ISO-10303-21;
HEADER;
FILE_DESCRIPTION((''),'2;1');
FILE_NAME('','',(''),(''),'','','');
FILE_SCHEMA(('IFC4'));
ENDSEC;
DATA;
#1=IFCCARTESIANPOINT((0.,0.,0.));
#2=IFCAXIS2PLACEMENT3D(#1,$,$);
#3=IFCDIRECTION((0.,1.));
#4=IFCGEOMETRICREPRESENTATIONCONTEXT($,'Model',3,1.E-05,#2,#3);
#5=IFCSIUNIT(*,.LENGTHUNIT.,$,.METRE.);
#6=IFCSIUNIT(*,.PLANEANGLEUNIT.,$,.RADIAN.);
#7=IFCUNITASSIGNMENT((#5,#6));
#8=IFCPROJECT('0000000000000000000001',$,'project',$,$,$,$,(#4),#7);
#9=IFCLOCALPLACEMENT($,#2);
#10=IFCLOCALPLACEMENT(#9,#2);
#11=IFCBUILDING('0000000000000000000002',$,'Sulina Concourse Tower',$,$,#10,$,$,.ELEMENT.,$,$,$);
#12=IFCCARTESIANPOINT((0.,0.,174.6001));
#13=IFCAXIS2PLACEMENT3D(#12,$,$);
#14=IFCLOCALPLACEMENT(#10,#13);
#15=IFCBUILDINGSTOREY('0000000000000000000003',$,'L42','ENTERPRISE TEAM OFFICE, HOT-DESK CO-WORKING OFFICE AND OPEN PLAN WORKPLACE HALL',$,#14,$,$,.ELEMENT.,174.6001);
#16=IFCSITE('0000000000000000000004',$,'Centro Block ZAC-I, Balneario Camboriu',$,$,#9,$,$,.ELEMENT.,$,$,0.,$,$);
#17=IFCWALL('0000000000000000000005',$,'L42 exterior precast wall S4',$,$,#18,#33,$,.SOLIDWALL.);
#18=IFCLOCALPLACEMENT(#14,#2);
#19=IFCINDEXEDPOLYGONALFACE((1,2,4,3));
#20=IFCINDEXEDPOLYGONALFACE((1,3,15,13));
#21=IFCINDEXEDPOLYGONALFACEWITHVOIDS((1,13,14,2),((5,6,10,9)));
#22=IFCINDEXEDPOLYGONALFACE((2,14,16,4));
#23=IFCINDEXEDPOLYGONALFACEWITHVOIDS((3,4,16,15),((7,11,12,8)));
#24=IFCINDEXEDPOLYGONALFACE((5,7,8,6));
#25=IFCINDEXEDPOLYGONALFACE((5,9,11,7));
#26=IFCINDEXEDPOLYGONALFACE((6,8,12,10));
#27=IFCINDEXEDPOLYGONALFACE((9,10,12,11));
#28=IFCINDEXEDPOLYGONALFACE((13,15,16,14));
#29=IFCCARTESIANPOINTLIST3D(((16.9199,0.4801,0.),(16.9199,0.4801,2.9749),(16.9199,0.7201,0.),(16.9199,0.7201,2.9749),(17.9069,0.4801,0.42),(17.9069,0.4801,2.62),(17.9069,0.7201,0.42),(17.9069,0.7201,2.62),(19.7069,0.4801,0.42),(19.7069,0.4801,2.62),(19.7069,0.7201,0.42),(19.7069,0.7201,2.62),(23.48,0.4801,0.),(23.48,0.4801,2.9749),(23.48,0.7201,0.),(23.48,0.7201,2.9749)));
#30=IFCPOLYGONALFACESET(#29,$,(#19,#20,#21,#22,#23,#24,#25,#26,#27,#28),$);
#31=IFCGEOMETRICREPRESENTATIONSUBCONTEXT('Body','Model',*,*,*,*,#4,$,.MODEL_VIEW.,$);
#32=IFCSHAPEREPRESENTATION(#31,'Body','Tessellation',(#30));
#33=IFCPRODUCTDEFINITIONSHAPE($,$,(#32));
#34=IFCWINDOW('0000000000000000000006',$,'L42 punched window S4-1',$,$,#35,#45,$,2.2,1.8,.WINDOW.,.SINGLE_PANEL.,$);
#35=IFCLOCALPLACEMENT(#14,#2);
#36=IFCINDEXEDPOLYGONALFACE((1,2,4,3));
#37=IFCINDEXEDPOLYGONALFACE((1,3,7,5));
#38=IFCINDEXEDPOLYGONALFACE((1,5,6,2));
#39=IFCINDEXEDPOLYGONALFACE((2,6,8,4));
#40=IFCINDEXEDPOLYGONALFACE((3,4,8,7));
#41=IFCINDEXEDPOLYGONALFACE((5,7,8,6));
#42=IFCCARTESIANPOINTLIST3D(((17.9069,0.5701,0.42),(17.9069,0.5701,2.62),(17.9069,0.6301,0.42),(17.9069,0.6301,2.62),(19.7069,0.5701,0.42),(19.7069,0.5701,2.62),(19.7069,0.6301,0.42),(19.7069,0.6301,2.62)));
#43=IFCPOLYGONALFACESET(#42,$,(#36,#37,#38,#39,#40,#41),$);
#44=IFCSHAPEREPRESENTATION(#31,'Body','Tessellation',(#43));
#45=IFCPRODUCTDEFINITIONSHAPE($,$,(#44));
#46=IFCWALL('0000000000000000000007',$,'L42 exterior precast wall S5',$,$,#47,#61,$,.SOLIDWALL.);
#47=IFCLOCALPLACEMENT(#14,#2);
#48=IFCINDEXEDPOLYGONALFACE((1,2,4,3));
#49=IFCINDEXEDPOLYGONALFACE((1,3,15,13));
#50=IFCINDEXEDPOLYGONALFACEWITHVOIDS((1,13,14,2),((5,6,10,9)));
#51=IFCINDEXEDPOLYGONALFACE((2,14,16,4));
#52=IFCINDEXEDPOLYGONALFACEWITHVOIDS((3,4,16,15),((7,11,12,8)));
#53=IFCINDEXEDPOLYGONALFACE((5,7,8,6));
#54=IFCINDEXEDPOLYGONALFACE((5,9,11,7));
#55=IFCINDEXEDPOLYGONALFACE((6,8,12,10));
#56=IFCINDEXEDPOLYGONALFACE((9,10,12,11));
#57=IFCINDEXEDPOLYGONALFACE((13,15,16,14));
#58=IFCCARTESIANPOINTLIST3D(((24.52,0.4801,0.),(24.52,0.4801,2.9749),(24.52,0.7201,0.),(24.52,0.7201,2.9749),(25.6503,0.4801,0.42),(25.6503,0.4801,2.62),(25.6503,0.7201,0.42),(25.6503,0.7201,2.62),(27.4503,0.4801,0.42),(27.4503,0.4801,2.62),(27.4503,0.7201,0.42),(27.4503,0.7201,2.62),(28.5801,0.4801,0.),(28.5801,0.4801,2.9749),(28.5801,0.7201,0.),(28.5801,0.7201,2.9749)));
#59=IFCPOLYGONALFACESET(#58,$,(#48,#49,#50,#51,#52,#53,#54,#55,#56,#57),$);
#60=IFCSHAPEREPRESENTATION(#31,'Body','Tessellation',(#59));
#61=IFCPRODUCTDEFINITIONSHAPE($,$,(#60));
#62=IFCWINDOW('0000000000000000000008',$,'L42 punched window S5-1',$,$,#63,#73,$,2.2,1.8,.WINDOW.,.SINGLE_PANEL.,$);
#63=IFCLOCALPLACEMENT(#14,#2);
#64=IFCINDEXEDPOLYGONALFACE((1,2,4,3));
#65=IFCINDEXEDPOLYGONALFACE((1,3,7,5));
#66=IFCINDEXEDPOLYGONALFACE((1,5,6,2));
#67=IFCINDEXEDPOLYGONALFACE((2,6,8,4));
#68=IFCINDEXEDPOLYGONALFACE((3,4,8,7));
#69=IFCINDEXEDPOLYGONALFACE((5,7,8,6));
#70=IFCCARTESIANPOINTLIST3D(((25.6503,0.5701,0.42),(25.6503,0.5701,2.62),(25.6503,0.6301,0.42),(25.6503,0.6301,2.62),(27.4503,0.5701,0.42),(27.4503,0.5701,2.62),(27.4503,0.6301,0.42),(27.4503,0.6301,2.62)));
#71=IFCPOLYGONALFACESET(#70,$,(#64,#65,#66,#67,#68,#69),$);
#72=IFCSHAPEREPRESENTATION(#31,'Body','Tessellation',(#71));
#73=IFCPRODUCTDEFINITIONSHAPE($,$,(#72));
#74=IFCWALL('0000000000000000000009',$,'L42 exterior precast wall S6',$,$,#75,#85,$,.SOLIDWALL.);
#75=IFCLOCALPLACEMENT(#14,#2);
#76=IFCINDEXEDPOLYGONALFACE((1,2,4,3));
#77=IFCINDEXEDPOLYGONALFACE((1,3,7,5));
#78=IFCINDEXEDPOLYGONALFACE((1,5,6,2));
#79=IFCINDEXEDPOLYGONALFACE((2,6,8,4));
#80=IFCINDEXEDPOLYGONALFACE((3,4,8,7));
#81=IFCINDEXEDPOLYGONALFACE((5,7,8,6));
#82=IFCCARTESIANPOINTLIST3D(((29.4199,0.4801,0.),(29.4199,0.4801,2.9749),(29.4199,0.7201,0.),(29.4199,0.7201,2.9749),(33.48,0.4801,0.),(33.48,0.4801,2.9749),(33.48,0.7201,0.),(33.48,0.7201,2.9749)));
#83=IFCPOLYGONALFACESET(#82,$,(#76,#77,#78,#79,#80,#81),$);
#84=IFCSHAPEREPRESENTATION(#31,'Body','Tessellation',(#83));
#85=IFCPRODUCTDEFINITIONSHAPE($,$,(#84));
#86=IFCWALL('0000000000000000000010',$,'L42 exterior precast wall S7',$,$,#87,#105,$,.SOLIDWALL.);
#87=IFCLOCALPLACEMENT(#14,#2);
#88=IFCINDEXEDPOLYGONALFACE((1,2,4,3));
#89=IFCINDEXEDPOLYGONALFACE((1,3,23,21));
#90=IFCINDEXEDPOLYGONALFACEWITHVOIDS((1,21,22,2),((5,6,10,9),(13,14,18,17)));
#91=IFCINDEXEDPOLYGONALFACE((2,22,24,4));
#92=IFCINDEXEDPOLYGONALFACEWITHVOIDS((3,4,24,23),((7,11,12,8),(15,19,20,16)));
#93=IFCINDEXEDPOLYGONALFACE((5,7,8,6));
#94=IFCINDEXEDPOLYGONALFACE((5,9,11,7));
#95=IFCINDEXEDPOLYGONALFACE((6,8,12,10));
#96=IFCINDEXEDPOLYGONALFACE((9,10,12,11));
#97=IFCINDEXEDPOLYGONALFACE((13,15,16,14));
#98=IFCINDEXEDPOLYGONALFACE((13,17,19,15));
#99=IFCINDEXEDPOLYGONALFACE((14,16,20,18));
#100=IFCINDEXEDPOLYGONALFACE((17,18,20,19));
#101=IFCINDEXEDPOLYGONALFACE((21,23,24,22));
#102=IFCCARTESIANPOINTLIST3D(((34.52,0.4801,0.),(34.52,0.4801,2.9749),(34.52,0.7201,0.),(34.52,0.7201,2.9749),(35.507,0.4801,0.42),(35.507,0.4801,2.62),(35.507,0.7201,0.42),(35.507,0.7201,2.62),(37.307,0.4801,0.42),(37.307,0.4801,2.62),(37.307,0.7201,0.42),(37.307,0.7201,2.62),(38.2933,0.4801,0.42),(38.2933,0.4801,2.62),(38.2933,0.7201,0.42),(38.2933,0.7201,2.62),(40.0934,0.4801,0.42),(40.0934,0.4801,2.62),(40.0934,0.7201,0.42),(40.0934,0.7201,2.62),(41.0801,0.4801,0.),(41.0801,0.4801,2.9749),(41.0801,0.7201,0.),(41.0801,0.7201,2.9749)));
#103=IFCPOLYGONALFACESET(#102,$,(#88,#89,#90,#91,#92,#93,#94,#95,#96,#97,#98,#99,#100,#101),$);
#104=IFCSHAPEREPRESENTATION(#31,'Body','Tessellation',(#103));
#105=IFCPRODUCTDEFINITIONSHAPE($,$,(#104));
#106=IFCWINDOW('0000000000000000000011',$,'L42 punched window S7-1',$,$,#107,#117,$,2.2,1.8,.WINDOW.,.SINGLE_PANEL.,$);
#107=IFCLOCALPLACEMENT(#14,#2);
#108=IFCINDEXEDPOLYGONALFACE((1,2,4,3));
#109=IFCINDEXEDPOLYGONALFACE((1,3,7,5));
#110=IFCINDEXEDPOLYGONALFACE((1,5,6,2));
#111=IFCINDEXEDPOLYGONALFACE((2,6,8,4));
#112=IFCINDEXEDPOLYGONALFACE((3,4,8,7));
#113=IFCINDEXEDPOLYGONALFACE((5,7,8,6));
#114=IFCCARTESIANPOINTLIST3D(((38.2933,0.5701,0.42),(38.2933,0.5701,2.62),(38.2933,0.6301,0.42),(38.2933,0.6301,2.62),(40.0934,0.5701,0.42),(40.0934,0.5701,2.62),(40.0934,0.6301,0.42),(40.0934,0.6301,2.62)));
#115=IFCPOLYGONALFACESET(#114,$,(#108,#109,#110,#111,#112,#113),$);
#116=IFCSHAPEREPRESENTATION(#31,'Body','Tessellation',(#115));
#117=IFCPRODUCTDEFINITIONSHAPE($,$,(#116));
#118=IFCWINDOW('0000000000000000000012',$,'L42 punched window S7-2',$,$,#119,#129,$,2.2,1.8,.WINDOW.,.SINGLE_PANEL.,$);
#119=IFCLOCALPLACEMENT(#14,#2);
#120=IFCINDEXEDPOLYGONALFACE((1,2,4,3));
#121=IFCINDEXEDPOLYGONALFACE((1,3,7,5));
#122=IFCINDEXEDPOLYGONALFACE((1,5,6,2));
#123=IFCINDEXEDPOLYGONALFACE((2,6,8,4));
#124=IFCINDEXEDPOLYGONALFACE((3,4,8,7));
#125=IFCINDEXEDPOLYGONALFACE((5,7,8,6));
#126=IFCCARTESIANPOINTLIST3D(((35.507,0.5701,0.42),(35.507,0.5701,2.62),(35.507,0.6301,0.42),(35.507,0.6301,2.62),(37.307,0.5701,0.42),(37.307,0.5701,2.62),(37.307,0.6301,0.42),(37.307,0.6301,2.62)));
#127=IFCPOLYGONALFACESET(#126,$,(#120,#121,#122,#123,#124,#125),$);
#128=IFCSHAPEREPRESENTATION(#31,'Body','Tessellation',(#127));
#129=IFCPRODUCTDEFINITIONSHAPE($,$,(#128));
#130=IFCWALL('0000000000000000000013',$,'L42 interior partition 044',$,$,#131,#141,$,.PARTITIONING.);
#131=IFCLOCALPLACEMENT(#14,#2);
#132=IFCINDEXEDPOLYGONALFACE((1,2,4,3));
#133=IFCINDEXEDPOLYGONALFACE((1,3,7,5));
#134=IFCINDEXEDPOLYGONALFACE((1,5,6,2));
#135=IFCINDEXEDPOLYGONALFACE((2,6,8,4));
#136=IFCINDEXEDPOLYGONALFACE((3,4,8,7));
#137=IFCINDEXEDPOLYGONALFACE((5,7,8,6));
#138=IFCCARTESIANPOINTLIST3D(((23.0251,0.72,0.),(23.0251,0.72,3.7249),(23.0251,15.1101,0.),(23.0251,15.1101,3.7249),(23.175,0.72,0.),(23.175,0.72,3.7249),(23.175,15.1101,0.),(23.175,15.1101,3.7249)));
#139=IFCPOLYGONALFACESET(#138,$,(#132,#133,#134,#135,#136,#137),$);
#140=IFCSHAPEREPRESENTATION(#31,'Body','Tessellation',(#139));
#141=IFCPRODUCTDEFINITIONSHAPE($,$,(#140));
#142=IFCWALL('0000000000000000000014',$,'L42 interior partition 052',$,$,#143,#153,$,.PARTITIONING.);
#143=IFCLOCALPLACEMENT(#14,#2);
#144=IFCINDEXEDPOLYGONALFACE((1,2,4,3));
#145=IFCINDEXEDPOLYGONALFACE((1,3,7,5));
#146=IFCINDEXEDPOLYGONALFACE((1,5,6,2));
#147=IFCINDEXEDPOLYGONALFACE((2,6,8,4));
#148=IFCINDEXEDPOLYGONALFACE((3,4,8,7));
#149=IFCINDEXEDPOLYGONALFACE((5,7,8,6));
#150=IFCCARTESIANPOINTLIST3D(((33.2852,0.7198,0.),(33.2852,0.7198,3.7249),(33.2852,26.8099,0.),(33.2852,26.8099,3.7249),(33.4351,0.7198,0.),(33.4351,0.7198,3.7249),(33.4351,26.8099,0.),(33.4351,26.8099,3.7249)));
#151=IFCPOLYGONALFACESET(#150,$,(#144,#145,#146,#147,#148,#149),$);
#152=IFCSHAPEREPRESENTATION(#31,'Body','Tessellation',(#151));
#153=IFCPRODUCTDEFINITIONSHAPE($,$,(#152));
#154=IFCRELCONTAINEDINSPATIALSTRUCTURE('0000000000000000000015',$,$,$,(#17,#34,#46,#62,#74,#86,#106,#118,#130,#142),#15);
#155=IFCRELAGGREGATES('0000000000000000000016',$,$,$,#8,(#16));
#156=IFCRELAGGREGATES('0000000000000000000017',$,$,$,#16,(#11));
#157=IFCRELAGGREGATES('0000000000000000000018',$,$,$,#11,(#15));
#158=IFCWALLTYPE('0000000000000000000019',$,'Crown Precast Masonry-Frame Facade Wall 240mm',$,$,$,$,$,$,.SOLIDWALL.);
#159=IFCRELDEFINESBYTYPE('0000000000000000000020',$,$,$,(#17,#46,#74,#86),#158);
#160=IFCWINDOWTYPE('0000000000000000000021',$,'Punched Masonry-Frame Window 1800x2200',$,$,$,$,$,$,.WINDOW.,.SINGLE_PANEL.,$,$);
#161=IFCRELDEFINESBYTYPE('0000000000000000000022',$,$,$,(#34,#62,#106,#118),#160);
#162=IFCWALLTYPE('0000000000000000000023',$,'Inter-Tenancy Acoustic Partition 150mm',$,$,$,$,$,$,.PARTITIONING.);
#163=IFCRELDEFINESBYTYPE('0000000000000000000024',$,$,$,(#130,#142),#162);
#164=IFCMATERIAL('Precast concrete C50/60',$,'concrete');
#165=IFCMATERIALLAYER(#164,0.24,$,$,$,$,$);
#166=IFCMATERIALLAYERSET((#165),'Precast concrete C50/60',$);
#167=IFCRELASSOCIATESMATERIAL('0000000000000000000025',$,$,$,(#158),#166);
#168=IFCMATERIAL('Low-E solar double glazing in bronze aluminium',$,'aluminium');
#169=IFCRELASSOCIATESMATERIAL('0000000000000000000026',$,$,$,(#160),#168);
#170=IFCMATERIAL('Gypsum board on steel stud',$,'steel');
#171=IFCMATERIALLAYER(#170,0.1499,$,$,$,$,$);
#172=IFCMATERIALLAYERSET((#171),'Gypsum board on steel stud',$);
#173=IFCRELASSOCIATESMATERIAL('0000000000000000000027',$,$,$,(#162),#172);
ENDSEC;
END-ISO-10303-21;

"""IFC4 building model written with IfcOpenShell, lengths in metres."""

from ifc_helpers import new_model, si_unit, direction, frame, frame_2d, origin, place, context, subcontext, project, spatial, rectangle, extrude, material, layer, layer_set, type_object, element, fill, save


model = new_model("IFC4")

# Units and contexts
model_context = context("Model", 3, precision=1e-05, world=origin(), true_north=direction((0.0, 1.0)))
body_context = subcontext(model_context, "Body", "Model", "MODEL_VIEW")
ifc_project = project(units=[si_unit("LENGTHUNIT", "METRE"), si_unit("PLANEANGLEUNIT", "RADIAN")], contexts=[model_context])

# Site, building, storey
site_placement = place(None, origin())
site = spatial("IfcSite", under=ifc_project, at=site_placement, Name="Centro Block ZAC-I, Balneario Camboriu", CompositionType="ELEMENT", RefElevation=0.0)
building_placement = place(site_placement, origin())
building = spatial("IfcBuilding", under=site, at=building_placement, Name="Sulina Concourse Tower", CompositionType="ELEMENT")
storey_placement = place(building_placement, frame((0.0, 0.0, 174.6001)))
storey = spatial("IfcBuildingStorey", under=building, at=storey_placement, Name="L42", Description="ENTERPRISE TEAM OFFICE, HOT-DESK CO-WORKING OFFICE AND OPEN PLAN WORKPLACE HALL", CompositionType="ELEMENT", Elevation=174.6001)

# Walls, openings, windows
ifc_material_1 = material(Name="Precast concrete C50/60", Category="concrete")
ifc_layer_1 = layer(ifc_material_1, 0.24)
ifc_layer_set_1 = layer_set([ifc_layer_1], Name="Precast concrete C50/60")
wall_type_1 = type_object("IfcWallType", Name="Crown Precast Masonry-Frame Facade Wall 240mm", PredefinedType="SOLIDWALL", material=ifc_layer_set_1)
wall_1_placement = place(storey_placement, frame((23.48, 0.6001, 0.0), z_axis=(0.0, 0.0, 1.0), x_axis=(-1.0, 0.0, 0.0)))
wall_1 = element("IfcWall", 1, at=wall_1_placement, inside=storey, type_object=wall_type_1, Name="L42 exterior precast wall S4", PredefinedType="SOLIDWALL", context=body_context, shape_type="SweptSolid", body=[
    extrude(rectangle(XDim=6.5601, YDim=0.24, at=frame_2d((3.28, 0.0))), origin(), (0.0, 0.0, 1.0), 2.9749),
])
opening_1_placement = place(wall_1_placement, frame((3.7732, 0.0, 0.4199)))
opening_1 = element("IfcOpeningElement", 2, at=opening_1_placement, cuts=wall_1, PredefinedType="OPENING", context=body_context, shape_type="SweptSolid", body=[
    extrude(rectangle(XDim=1.8, YDim=2.2, at=frame_2d((0.8999, 1.1001))), frame((0.0, 0.1299, 0.0), z_axis=(0.0, -1.0, 0.0), x_axis=(1.0, 0.0, 0.0)), (0.0, 0.0, 1.0), 0.26),
])
ifc_material_2 = material(Name="Low-E solar double glazing in bronze aluminium", Category="aluminium")
window_type = type_object("IfcWindowType", Name="Punched Masonry-Frame Window 1800x2200", PartitioningType="SINGLE_PANEL", PredefinedType="WINDOW", material=ifc_material_2)
window_1_placement = place(opening_1_placement, origin())
window_1 = element("IfcWindow", 3, at=window_1_placement, inside=storey, type_object=window_type, Name="L42 punched window S4-1", OverallHeight=2.2, OverallWidth=1.8, PartitioningType="SINGLE_PANEL", PredefinedType="WINDOW", context=body_context, shape_type="SweptSolid", body=[
    extrude(rectangle(XDim=1.8, YDim=2.2, at=frame_2d((0.8999, 1.1001))), frame((0.0, 0.03, 0.0), z_axis=(0.0, -1.0, 0.0), x_axis=(1.0, 0.0, 0.0)), (0.0, 0.0, 1.0), 0.0601),
])
fill(opening_1, window_1)
wall_2_placement = place(storey_placement, frame((28.5801, 0.6001, 0.0), z_axis=(0.0, 0.0, 1.0), x_axis=(-1.0, 0.0, 0.0)))
wall_2 = element("IfcWall", 4, at=wall_2_placement, inside=storey, type_object=wall_type_1, Name="L42 exterior precast wall S5", PredefinedType="SOLIDWALL", context=body_context, shape_type="SweptSolid", body=[
    extrude(rectangle(XDim=4.0601, YDim=0.24, at=frame_2d((2.03, 0.0))), origin(), (0.0, 0.0, 1.0), 2.9749),
])
opening_2_placement = place(wall_2_placement, frame((1.1299, 0.0, 0.4199)))
opening_2 = element("IfcOpeningElement", 5, at=opening_2_placement, cuts=wall_2, PredefinedType="OPENING", context=body_context, shape_type="SweptSolid", body=[
    extrude(rectangle(XDim=1.8, YDim=2.2, at=frame_2d((0.8999, 1.1001))), frame((0.0, 0.1299, 0.0), z_axis=(0.0, -1.0, 0.0), x_axis=(1.0, 0.0, 0.0)), (0.0, 0.0, 1.0), 0.26),
])
window_2_placement = place(opening_2_placement, origin())
window_2 = element("IfcWindow", 6, at=window_2_placement, inside=storey, type_object=window_type, Name="L42 punched window S5-1", OverallHeight=2.2, OverallWidth=1.8, PartitioningType="SINGLE_PANEL", PredefinedType="WINDOW", context=body_context, shape_type="SweptSolid", body=[
    extrude(rectangle(XDim=1.8, YDim=2.2, at=frame_2d((0.8999, 1.1001))), frame((0.0, 0.03, 0.0), z_axis=(0.0, -1.0, 0.0), x_axis=(1.0, 0.0, 0.0)), (0.0, 0.0, 1.0), 0.0601),
])
fill(opening_2, window_2)

# Wall
wall_3_placement = place(storey_placement, frame((33.48, 0.6001, 0.0), z_axis=(0.0, 0.0, 1.0), x_axis=(-1.0, 0.0, 0.0)))
element("IfcWall", 7, at=wall_3_placement, inside=storey, type_object=wall_type_1, Name="L42 exterior precast wall S6", PredefinedType="SOLIDWALL", context=body_context, shape_type="SweptSolid", body=[
    extrude(rectangle(XDim=4.0601, YDim=0.24, at=frame_2d((2.03, 0.0))), origin(), (0.0, 0.0, 1.0), 2.9749),
])

# Wall, openings, windows
wall_4_placement = place(storey_placement, frame((41.0801, 0.6001, 0.0), z_axis=(0.0, 0.0, 1.0), x_axis=(-1.0, 0.0, 0.0)))
wall_4 = element("IfcWall", 8, at=wall_4_placement, inside=storey, type_object=wall_type_1, Name="L42 exterior precast wall S7", PredefinedType="SOLIDWALL", context=body_context, shape_type="SweptSolid", body=[
    extrude(rectangle(XDim=6.5601, YDim=0.24, at=frame_2d((3.28, 0.0))), origin(), (0.0, 0.0, 1.0), 2.9749),
])
opening_3_placement = place(wall_4_placement, frame((0.9868, 0.0, 0.4199)))
opening_3 = element("IfcOpeningElement", 9, at=opening_3_placement, cuts=wall_4, PredefinedType="OPENING", context=body_context, shape_type="SweptSolid", body=[
    extrude(rectangle(XDim=1.8, YDim=2.2, at=frame_2d((0.8999, 1.1001))), frame((0.0, 0.1299, 0.0), z_axis=(0.0, -1.0, 0.0), x_axis=(1.0, 0.0, 0.0)), (0.0, 0.0, 1.0), 0.26),
])
opening_4_placement = place(wall_4_placement, frame((3.7732, 0.0, 0.4199)))
opening_4 = element("IfcOpeningElement", 10, at=opening_4_placement, cuts=wall_4, PredefinedType="OPENING", context=body_context, shape_type="SweptSolid", body=[
    extrude(rectangle(XDim=1.8, YDim=2.2, at=frame_2d((0.8999, 1.1001))), frame((0.0, 0.1299, 0.0), z_axis=(0.0, -1.0, 0.0), x_axis=(1.0, 0.0, 0.0)), (0.0, 0.0, 1.0), 0.26),
])
window_3_placement = place(opening_3_placement, origin())
window_3 = element("IfcWindow", 11, at=window_3_placement, inside=storey, type_object=window_type, Name="L42 punched window S7-1", OverallHeight=2.2, OverallWidth=1.8, PartitioningType="SINGLE_PANEL", PredefinedType="WINDOW", context=body_context, shape_type="SweptSolid", body=[
    extrude(rectangle(XDim=1.8, YDim=2.2, at=frame_2d((0.8999, 1.1001))), frame((0.0, 0.03, 0.0), z_axis=(0.0, -1.0, 0.0), x_axis=(1.0, 0.0, 0.0)), (0.0, 0.0, 1.0), 0.0601),
])
fill(opening_3, window_3)
window_4_placement = place(opening_4_placement, origin())
window_4 = element("IfcWindow", 12, at=window_4_placement, inside=storey, type_object=window_type, Name="L42 punched window S7-2", OverallHeight=2.2, OverallWidth=1.8, PartitioningType="SINGLE_PANEL", PredefinedType="WINDOW", context=body_context, shape_type="SweptSolid", body=[
    extrude(rectangle(XDim=1.8, YDim=2.2, at=frame_2d((0.8999, 1.1001))), frame((0.0, 0.03, 0.0), z_axis=(0.0, -1.0, 0.0), x_axis=(1.0, 0.0, 0.0)), (0.0, 0.0, 1.0), 0.0601),
])
fill(opening_4, window_4)

# Walls
ifc_material_3 = material(Name="Gypsum board on steel stud", Category="steel")
ifc_layer_2 = layer(ifc_material_3, 0.1499)
ifc_layer_set_2 = layer_set([ifc_layer_2], Name="Gypsum board on steel stud")
wall_type_2 = type_object("IfcWallType", Name="Inter-Tenancy Acoustic Partition 150mm", PredefinedType="PARTITIONING", material=ifc_layer_set_2)
wall_5_placement = place(storey_placement, frame((23.1001, 0.72, 0.0), z_axis=(0.0, 0.0, 1.0), x_axis=(0.0, 1.0, 0.0)))
element("IfcWall", 13, at=wall_5_placement, inside=storey, type_object=wall_type_2, Name="L42 interior partition 044", PredefinedType="PARTITIONING", context=body_context, shape_type="SweptSolid", body=[
    extrude(rectangle(XDim=14.3901, YDim=0.1499, at=frame_2d((7.1951, 0.0))), origin(), (0.0, 0.0, 1.0), 3.7249),
])
wall_6_placement = place(storey_placement, frame((33.3601, 0.72, 0.0), z_axis=(0.0, 0.0, 1.0), x_axis=(0.0, 1.0, 0.0)))
element("IfcWall", 14, at=wall_6_placement, inside=storey, type_object=wall_type_2, Name="L42 interior partition 052", PredefinedType="PARTITIONING", context=body_context, shape_type="SweptSolid", body=[
    extrude(rectangle(XDim=26.0901, YDim=0.1499, at=frame_2d((13.0449, 0.0))), origin(), (0.0, 0.0, 1.0), 3.7249),
])

save(model, "model.ifc")
